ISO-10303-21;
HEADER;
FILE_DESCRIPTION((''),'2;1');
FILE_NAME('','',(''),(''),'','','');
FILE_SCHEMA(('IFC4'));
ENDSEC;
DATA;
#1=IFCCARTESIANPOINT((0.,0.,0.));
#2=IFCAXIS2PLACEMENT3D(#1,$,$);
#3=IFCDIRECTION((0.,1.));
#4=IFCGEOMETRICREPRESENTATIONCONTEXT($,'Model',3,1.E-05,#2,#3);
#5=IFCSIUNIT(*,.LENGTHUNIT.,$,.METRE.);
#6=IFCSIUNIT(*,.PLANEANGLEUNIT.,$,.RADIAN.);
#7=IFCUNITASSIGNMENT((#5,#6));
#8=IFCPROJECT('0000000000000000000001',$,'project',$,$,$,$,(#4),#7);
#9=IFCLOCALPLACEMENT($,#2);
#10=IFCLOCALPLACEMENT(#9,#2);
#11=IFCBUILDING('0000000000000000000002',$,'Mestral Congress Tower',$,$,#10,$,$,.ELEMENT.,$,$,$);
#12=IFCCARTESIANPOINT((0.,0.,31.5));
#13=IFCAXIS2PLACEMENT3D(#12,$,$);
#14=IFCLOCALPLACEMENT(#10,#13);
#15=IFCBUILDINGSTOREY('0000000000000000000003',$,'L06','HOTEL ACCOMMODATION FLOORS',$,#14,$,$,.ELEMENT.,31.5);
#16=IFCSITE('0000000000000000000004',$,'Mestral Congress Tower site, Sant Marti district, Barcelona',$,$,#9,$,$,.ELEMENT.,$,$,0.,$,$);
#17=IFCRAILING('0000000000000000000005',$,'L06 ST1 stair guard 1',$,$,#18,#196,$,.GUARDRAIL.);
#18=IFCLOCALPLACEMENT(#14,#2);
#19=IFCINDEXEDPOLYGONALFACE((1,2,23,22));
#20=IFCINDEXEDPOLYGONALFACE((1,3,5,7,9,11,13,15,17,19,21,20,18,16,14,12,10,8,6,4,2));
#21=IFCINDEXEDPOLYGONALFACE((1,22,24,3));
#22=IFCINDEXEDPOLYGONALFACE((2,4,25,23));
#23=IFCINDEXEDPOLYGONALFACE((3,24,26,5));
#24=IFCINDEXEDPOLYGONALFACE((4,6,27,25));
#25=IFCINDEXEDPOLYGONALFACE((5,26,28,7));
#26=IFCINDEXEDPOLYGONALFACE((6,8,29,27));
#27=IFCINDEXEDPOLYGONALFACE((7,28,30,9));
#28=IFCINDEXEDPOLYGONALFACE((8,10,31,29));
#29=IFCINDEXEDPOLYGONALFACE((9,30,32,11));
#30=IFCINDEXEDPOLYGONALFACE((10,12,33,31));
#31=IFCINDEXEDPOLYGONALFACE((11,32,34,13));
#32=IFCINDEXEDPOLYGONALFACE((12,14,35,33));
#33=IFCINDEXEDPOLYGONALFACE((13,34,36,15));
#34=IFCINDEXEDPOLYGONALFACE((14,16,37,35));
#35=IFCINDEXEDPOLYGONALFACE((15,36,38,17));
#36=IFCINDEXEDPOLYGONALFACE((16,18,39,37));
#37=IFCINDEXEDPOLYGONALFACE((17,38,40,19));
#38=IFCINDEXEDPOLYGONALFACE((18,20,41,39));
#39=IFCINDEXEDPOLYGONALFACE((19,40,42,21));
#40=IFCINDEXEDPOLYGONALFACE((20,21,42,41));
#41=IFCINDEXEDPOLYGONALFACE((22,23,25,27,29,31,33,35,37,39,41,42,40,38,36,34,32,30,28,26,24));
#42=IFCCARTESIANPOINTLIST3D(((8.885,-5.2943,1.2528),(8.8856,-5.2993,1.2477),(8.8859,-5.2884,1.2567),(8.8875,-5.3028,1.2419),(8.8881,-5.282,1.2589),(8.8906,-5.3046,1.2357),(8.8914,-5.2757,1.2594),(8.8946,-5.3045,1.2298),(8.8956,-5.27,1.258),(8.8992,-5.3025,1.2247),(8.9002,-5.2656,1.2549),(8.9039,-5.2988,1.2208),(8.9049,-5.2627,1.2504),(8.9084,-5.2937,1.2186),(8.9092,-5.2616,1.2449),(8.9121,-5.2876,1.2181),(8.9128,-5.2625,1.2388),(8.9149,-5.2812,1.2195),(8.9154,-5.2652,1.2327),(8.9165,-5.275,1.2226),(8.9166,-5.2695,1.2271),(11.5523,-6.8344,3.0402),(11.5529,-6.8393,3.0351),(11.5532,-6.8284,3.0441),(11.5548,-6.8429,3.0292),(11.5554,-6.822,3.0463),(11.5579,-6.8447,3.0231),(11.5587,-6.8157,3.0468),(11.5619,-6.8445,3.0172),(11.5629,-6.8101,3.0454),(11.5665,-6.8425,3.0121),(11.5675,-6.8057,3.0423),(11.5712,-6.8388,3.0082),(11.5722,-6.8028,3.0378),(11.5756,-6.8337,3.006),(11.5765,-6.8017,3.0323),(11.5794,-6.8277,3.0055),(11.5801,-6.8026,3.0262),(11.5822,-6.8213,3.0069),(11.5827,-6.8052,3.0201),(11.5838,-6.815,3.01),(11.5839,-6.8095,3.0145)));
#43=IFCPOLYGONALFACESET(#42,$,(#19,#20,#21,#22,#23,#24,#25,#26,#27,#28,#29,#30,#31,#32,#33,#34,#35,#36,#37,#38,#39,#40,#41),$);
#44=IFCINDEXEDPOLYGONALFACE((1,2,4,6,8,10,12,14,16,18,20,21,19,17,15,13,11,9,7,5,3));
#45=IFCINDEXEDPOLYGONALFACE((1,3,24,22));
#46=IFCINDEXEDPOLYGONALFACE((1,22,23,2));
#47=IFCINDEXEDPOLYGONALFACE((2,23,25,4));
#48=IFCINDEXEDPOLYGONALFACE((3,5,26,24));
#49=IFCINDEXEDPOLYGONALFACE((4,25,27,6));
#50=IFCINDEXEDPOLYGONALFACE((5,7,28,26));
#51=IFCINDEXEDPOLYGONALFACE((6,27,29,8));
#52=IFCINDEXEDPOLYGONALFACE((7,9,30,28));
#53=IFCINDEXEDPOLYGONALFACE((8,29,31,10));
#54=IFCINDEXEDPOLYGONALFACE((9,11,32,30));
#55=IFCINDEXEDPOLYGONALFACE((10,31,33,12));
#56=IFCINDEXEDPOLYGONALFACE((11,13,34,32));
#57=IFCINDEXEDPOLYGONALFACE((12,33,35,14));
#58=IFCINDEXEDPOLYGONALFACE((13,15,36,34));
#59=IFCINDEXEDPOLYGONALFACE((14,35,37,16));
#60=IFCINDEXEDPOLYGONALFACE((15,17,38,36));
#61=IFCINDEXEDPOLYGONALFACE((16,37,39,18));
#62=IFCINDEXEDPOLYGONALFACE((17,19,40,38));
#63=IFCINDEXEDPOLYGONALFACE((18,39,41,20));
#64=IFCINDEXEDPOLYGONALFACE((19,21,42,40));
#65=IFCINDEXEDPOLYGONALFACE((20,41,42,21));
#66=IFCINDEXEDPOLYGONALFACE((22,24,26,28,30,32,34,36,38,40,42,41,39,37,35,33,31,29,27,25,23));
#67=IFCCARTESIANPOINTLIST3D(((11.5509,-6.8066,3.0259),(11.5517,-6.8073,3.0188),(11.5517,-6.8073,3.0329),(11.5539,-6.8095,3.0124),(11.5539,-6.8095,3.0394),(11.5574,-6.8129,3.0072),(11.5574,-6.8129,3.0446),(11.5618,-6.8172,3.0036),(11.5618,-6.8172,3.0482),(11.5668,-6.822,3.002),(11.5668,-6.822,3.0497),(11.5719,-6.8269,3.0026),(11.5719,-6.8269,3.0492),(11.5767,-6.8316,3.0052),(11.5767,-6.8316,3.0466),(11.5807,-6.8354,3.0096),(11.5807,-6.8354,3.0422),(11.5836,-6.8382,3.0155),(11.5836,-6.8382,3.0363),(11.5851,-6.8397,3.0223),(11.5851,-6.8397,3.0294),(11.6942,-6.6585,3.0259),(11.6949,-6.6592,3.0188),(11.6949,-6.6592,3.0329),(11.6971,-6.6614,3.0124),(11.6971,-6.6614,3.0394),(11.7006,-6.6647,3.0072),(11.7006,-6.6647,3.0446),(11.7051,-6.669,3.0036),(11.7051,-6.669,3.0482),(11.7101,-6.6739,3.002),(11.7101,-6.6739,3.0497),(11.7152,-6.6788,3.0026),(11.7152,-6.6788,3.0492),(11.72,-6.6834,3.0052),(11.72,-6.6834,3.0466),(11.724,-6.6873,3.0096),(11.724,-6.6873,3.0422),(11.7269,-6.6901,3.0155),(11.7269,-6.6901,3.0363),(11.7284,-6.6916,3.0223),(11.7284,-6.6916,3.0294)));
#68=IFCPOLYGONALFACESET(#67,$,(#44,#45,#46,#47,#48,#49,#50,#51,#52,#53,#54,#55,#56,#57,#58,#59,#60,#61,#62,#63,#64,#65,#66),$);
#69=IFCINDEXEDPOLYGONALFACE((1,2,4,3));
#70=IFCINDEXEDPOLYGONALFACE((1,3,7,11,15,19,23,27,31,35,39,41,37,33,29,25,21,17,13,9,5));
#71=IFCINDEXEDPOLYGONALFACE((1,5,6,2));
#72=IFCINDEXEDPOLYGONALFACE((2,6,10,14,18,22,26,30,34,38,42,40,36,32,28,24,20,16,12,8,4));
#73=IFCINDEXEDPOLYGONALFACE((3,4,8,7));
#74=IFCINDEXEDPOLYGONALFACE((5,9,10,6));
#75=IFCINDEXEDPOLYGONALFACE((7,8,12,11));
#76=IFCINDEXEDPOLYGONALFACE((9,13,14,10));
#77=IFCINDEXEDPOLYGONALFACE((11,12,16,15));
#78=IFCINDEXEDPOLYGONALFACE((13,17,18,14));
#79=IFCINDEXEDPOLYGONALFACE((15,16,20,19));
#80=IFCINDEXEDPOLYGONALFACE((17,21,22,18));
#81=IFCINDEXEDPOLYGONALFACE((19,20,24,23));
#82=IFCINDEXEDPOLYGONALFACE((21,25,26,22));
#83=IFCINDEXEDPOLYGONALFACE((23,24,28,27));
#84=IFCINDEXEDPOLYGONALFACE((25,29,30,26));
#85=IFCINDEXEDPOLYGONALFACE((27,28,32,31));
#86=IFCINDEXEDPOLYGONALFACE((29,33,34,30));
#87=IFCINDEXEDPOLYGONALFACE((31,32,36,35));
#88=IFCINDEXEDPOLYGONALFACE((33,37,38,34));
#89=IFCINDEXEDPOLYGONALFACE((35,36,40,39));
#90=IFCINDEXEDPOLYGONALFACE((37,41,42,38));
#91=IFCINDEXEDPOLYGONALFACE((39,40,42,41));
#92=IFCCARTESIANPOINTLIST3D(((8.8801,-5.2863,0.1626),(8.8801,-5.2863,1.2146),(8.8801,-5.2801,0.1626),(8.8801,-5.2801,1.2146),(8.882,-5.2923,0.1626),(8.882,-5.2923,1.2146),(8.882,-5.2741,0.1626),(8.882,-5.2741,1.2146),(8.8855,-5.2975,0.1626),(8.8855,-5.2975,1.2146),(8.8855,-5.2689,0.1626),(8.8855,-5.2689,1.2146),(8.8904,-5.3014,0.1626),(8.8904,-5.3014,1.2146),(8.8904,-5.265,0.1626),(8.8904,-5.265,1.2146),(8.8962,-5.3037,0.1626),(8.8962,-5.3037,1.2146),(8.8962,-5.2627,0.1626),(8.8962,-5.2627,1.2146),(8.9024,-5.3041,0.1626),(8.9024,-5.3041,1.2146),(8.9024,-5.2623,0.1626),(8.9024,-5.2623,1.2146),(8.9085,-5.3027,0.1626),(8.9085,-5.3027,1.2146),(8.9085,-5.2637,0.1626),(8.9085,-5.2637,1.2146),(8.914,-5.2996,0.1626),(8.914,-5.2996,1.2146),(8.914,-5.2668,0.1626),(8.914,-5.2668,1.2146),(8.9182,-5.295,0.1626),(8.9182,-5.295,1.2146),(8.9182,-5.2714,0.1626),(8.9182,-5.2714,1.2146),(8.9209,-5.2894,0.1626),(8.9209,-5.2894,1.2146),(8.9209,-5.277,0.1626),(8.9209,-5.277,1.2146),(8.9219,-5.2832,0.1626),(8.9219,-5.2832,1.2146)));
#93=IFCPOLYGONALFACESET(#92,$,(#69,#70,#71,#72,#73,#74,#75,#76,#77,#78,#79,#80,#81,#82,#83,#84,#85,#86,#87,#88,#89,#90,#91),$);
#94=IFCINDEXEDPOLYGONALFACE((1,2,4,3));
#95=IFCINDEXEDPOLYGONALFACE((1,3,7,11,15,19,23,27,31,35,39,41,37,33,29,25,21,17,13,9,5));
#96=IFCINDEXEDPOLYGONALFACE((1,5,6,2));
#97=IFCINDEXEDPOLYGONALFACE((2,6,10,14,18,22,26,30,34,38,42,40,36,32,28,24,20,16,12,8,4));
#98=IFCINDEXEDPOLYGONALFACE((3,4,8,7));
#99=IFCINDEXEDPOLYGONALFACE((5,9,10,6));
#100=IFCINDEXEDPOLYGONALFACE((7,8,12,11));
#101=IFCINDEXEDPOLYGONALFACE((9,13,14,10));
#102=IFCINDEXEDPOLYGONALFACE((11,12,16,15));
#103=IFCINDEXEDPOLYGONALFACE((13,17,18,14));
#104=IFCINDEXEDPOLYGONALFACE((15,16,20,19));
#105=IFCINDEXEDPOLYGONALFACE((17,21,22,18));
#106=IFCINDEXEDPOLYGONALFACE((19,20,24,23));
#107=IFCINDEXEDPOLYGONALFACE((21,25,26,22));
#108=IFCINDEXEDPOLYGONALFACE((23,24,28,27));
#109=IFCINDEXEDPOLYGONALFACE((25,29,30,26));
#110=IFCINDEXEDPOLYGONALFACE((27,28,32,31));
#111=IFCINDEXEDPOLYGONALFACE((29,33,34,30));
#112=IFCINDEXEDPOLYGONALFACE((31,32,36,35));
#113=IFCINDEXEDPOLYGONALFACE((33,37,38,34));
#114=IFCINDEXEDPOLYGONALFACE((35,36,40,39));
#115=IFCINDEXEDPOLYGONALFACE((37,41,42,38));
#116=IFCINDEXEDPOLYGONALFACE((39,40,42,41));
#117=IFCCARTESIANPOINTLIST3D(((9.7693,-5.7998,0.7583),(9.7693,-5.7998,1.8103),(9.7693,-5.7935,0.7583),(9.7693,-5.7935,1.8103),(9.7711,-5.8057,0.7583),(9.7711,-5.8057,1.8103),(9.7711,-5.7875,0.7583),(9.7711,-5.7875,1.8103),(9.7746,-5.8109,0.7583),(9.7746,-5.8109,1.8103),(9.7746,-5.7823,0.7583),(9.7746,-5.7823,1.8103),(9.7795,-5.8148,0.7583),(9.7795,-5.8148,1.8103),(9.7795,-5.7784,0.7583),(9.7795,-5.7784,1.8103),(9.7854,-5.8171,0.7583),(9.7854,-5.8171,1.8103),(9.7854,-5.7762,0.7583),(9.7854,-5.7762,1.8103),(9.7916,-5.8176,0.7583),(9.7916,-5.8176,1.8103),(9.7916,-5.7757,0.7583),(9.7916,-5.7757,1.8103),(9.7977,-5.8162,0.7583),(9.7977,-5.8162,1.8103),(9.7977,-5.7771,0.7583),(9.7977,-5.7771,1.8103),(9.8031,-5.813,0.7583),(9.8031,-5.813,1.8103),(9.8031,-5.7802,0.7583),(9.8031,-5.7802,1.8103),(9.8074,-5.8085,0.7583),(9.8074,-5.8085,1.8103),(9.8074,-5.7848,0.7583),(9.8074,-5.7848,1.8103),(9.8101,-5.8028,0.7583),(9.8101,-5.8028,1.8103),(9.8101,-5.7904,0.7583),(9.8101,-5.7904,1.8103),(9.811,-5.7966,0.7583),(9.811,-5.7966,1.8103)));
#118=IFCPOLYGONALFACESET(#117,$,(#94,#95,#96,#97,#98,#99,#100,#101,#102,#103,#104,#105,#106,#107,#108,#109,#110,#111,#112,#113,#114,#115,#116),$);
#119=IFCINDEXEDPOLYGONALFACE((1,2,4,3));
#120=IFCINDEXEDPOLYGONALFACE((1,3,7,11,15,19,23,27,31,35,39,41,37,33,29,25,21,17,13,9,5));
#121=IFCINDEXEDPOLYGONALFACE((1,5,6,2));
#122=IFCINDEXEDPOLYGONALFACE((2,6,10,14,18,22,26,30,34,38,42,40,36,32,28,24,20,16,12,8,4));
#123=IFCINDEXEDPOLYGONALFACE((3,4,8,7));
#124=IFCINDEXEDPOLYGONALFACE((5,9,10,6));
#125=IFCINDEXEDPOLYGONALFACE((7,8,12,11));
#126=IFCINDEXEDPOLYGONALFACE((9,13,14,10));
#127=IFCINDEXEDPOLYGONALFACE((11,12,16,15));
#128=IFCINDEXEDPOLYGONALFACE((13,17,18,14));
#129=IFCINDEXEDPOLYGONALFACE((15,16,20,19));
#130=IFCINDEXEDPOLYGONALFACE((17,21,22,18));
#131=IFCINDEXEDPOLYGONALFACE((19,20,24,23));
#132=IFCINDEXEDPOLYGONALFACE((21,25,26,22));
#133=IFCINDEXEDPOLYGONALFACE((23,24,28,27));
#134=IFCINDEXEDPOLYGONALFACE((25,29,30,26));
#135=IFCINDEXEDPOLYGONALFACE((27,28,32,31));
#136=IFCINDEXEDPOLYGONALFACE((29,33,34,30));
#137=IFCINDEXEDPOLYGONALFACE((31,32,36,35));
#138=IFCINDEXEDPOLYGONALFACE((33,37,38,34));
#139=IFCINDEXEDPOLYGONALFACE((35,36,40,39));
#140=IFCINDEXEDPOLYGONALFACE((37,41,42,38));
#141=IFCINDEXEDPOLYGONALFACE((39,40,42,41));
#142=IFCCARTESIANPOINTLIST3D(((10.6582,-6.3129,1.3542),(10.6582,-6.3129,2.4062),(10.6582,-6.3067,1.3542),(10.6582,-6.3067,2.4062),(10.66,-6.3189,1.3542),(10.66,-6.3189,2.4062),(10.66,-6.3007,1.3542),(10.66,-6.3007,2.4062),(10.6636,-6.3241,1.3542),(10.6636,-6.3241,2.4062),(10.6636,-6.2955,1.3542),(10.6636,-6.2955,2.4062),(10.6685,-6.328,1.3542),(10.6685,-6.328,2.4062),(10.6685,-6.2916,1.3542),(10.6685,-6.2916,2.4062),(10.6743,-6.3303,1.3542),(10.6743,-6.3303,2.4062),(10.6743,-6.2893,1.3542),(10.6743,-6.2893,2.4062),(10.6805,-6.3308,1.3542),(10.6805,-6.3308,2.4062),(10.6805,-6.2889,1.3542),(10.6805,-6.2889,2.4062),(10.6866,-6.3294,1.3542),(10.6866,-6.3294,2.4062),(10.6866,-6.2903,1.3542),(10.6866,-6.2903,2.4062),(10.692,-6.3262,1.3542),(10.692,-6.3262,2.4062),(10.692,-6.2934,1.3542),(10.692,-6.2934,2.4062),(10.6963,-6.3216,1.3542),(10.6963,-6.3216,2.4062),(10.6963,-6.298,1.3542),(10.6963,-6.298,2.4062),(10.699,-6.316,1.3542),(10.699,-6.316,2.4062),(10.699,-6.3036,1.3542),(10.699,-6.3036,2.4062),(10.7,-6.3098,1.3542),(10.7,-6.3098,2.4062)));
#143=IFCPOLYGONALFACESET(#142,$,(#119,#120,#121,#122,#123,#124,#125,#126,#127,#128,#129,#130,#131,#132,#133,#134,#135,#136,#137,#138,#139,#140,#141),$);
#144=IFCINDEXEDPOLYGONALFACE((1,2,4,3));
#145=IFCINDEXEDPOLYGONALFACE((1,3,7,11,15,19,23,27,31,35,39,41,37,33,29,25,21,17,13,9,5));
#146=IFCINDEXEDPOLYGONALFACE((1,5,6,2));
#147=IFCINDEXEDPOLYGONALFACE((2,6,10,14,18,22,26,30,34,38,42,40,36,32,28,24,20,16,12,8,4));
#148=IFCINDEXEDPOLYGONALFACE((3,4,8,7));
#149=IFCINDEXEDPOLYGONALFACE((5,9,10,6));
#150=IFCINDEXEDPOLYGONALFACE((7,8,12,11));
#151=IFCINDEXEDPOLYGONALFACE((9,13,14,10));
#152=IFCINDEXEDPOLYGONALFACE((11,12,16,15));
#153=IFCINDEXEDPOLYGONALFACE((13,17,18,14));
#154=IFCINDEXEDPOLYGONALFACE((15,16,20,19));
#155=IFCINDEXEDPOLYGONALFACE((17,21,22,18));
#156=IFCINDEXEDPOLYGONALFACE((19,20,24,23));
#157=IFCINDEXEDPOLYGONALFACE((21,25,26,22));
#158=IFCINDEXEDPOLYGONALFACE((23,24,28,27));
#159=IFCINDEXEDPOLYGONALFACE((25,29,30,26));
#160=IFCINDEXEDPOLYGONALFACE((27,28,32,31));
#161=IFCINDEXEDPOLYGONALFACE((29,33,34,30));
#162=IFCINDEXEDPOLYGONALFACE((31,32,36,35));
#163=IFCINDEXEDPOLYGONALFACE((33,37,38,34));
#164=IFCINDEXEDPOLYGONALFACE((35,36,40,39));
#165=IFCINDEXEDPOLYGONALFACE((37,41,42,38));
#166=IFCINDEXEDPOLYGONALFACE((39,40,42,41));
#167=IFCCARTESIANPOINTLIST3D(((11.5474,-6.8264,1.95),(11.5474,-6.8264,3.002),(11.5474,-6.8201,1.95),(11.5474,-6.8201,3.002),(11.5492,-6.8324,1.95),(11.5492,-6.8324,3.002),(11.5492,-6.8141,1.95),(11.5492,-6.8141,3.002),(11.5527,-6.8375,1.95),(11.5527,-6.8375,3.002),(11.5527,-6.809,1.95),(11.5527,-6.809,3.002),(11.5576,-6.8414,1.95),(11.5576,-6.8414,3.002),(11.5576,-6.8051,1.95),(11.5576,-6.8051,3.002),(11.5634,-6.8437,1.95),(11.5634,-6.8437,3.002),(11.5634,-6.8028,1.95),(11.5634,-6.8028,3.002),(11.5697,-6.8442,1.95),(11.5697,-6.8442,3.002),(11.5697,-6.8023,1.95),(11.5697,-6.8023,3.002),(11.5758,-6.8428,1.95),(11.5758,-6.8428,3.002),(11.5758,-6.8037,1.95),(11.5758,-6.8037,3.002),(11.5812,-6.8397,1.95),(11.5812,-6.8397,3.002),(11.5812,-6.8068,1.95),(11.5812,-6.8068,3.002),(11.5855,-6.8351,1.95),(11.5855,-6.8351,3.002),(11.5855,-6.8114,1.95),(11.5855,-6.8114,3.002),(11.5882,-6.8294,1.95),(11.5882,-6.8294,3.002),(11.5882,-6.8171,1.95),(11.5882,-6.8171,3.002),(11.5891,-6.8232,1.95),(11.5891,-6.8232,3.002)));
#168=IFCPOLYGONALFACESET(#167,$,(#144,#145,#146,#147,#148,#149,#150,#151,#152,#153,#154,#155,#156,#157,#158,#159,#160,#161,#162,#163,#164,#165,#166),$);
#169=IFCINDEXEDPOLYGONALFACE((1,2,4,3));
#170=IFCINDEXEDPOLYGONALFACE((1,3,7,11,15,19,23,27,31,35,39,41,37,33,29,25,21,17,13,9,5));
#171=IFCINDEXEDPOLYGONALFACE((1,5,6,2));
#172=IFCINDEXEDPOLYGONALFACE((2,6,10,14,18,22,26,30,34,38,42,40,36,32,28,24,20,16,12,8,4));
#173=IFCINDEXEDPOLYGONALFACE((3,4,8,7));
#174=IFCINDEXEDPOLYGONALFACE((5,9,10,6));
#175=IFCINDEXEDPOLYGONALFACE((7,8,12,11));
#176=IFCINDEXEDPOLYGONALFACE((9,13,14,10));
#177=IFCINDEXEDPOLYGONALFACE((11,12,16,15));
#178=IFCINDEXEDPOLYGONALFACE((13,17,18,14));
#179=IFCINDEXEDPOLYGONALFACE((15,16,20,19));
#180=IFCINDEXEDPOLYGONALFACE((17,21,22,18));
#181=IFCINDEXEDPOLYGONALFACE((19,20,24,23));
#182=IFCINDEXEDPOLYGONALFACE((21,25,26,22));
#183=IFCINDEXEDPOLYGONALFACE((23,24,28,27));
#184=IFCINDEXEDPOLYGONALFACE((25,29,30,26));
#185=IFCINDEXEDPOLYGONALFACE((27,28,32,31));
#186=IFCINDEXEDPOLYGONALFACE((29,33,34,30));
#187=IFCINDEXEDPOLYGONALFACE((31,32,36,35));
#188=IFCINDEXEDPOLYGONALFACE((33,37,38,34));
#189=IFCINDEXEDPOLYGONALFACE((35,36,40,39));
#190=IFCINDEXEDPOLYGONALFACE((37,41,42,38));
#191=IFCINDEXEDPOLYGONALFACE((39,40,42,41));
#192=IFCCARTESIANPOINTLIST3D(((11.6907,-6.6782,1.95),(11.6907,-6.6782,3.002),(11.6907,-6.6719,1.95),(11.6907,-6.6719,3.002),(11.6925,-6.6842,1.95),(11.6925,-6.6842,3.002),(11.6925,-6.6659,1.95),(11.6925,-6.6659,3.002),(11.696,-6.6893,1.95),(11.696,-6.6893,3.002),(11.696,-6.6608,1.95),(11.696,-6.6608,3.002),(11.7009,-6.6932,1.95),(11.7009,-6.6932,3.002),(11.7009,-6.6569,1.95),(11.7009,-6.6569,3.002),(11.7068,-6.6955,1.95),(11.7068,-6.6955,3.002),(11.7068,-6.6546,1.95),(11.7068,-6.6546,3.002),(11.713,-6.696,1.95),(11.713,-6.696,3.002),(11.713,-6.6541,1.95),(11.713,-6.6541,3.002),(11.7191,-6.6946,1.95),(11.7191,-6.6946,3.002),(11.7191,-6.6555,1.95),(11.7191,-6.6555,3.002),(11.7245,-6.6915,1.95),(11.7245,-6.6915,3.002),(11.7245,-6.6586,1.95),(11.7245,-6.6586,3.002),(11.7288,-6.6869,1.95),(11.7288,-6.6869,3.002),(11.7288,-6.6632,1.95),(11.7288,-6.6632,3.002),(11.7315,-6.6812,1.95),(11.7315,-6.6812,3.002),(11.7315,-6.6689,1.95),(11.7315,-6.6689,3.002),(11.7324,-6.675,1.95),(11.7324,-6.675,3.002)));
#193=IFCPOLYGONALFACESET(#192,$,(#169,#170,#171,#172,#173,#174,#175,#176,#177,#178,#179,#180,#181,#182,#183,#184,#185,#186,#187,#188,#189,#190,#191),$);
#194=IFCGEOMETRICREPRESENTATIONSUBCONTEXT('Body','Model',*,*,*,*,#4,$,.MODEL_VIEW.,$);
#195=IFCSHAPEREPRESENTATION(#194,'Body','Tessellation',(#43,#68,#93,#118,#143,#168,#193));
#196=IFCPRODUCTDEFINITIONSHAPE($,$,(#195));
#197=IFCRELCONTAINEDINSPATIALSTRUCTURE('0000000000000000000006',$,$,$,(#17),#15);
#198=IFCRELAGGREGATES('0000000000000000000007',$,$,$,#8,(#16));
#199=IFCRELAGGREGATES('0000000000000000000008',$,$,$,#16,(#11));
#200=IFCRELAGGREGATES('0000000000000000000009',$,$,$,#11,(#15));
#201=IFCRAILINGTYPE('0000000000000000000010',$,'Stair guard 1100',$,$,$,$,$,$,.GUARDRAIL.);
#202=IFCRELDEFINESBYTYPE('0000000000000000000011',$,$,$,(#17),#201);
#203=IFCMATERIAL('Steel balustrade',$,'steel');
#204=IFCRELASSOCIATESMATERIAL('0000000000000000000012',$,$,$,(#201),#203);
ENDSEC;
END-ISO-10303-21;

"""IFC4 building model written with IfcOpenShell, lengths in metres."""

from ifc_helpers import new_model, si_unit, direction, frame, origin, origin_2d, place, context, subcontext, project, spatial, circle, extrude, material, type_object, element, save


model = new_model("IFC4")

# Units and contexts
model_context = context("Model", 3, precision=1e-05, world=origin(), true_north=direction((0.0, 1.0)))
body_context = subcontext(model_context, "Body", "Model", "MODEL_VIEW")
ifc_project = project(units=[si_unit("LENGTHUNIT", "METRE"), si_unit("PLANEANGLEUNIT", "RADIAN")], contexts=[model_context])

# Site, building, storey
site_placement = place(None, origin())
site = spatial("IfcSite", under=ifc_project, at=site_placement, Name="Mestral Congress Tower site, Sant Marti district, Barcelona", CompositionType="ELEMENT", RefElevation=0.0)
building_placement = place(site_placement, origin())
building = spatial("IfcBuilding", under=site, at=building_placement, Name="Mestral Congress Tower", CompositionType="ELEMENT")
storey_placement = place(building_placement, frame((0.0, 0.0, 31.5)))
storey = spatial("IfcBuildingStorey", under=building, at=storey_placement, Name="L06", Description="HOTEL ACCOMMODATION FLOORS", CompositionType="ELEMENT", Elevation=31.5)

# Railing
ifc_material_1 = material(Name="Steel balustrade", Category="steel")
railing_type_1 = type_object("IfcRailingType", Name="Stair guard 1100", PredefinedType="GUARDRAIL", material=ifc_material_1)
railing_1_placement = place(storey_placement, frame((8.9009, -5.2832, 0.1626)))
element("IfcRailing", 1, at=railing_1_placement, inside=storey, type_object=railing_type_1, Name="L06 ST1 stair guard 1", PredefinedType="GUARDRAIL", context=body_context, shape_type="SweptSolid", body=[
    extrude(circle(Radius=0.0239, at=origin_2d()), frame((0.0, 0.0, 1.0762), z_axis=(0.74902, -0.432477, 0.501929), x_axis=(0.500027, 0.86601, 0.0)), (0.0, 0.0, 1.0), 3.561),
    extrude(circle(Radius=0.0239, at=origin_2d()), frame((2.6672, -1.54, 2.8633), z_axis=(0.695165, 0.71885, 0.0), x_axis=(-0.71885, 0.695165, 0.0)), (0.0, 0.0, 1.0), 0.2061),
    extrude(circle(Radius=0.021, at=origin_2d()), origin(), (0.0, 0.0, 1.0), 1.052),
    extrude(circle(Radius=0.021, at=origin_2d()), frame((0.8892, -0.5134, 0.5957)), (0.0, 0.0, 1.0), 1.052),
    extrude(circle(Radius=0.021, at=origin_2d()), frame((1.7781, -1.0266, 1.1917)), (0.0, 0.0, 1.0), 1.052),
    extrude(circle(Radius=0.021, at=origin_2d()), frame((2.6672, -1.54, 1.7874)), (0.0, 0.0, 1.0), 1.052),
    extrude(circle(Radius=0.021, at=origin_2d()), frame((2.8105, -1.3918, 1.7874)), (0.0, 0.0, 1.0), 1.052),
])

save(model, "model.ifc")
